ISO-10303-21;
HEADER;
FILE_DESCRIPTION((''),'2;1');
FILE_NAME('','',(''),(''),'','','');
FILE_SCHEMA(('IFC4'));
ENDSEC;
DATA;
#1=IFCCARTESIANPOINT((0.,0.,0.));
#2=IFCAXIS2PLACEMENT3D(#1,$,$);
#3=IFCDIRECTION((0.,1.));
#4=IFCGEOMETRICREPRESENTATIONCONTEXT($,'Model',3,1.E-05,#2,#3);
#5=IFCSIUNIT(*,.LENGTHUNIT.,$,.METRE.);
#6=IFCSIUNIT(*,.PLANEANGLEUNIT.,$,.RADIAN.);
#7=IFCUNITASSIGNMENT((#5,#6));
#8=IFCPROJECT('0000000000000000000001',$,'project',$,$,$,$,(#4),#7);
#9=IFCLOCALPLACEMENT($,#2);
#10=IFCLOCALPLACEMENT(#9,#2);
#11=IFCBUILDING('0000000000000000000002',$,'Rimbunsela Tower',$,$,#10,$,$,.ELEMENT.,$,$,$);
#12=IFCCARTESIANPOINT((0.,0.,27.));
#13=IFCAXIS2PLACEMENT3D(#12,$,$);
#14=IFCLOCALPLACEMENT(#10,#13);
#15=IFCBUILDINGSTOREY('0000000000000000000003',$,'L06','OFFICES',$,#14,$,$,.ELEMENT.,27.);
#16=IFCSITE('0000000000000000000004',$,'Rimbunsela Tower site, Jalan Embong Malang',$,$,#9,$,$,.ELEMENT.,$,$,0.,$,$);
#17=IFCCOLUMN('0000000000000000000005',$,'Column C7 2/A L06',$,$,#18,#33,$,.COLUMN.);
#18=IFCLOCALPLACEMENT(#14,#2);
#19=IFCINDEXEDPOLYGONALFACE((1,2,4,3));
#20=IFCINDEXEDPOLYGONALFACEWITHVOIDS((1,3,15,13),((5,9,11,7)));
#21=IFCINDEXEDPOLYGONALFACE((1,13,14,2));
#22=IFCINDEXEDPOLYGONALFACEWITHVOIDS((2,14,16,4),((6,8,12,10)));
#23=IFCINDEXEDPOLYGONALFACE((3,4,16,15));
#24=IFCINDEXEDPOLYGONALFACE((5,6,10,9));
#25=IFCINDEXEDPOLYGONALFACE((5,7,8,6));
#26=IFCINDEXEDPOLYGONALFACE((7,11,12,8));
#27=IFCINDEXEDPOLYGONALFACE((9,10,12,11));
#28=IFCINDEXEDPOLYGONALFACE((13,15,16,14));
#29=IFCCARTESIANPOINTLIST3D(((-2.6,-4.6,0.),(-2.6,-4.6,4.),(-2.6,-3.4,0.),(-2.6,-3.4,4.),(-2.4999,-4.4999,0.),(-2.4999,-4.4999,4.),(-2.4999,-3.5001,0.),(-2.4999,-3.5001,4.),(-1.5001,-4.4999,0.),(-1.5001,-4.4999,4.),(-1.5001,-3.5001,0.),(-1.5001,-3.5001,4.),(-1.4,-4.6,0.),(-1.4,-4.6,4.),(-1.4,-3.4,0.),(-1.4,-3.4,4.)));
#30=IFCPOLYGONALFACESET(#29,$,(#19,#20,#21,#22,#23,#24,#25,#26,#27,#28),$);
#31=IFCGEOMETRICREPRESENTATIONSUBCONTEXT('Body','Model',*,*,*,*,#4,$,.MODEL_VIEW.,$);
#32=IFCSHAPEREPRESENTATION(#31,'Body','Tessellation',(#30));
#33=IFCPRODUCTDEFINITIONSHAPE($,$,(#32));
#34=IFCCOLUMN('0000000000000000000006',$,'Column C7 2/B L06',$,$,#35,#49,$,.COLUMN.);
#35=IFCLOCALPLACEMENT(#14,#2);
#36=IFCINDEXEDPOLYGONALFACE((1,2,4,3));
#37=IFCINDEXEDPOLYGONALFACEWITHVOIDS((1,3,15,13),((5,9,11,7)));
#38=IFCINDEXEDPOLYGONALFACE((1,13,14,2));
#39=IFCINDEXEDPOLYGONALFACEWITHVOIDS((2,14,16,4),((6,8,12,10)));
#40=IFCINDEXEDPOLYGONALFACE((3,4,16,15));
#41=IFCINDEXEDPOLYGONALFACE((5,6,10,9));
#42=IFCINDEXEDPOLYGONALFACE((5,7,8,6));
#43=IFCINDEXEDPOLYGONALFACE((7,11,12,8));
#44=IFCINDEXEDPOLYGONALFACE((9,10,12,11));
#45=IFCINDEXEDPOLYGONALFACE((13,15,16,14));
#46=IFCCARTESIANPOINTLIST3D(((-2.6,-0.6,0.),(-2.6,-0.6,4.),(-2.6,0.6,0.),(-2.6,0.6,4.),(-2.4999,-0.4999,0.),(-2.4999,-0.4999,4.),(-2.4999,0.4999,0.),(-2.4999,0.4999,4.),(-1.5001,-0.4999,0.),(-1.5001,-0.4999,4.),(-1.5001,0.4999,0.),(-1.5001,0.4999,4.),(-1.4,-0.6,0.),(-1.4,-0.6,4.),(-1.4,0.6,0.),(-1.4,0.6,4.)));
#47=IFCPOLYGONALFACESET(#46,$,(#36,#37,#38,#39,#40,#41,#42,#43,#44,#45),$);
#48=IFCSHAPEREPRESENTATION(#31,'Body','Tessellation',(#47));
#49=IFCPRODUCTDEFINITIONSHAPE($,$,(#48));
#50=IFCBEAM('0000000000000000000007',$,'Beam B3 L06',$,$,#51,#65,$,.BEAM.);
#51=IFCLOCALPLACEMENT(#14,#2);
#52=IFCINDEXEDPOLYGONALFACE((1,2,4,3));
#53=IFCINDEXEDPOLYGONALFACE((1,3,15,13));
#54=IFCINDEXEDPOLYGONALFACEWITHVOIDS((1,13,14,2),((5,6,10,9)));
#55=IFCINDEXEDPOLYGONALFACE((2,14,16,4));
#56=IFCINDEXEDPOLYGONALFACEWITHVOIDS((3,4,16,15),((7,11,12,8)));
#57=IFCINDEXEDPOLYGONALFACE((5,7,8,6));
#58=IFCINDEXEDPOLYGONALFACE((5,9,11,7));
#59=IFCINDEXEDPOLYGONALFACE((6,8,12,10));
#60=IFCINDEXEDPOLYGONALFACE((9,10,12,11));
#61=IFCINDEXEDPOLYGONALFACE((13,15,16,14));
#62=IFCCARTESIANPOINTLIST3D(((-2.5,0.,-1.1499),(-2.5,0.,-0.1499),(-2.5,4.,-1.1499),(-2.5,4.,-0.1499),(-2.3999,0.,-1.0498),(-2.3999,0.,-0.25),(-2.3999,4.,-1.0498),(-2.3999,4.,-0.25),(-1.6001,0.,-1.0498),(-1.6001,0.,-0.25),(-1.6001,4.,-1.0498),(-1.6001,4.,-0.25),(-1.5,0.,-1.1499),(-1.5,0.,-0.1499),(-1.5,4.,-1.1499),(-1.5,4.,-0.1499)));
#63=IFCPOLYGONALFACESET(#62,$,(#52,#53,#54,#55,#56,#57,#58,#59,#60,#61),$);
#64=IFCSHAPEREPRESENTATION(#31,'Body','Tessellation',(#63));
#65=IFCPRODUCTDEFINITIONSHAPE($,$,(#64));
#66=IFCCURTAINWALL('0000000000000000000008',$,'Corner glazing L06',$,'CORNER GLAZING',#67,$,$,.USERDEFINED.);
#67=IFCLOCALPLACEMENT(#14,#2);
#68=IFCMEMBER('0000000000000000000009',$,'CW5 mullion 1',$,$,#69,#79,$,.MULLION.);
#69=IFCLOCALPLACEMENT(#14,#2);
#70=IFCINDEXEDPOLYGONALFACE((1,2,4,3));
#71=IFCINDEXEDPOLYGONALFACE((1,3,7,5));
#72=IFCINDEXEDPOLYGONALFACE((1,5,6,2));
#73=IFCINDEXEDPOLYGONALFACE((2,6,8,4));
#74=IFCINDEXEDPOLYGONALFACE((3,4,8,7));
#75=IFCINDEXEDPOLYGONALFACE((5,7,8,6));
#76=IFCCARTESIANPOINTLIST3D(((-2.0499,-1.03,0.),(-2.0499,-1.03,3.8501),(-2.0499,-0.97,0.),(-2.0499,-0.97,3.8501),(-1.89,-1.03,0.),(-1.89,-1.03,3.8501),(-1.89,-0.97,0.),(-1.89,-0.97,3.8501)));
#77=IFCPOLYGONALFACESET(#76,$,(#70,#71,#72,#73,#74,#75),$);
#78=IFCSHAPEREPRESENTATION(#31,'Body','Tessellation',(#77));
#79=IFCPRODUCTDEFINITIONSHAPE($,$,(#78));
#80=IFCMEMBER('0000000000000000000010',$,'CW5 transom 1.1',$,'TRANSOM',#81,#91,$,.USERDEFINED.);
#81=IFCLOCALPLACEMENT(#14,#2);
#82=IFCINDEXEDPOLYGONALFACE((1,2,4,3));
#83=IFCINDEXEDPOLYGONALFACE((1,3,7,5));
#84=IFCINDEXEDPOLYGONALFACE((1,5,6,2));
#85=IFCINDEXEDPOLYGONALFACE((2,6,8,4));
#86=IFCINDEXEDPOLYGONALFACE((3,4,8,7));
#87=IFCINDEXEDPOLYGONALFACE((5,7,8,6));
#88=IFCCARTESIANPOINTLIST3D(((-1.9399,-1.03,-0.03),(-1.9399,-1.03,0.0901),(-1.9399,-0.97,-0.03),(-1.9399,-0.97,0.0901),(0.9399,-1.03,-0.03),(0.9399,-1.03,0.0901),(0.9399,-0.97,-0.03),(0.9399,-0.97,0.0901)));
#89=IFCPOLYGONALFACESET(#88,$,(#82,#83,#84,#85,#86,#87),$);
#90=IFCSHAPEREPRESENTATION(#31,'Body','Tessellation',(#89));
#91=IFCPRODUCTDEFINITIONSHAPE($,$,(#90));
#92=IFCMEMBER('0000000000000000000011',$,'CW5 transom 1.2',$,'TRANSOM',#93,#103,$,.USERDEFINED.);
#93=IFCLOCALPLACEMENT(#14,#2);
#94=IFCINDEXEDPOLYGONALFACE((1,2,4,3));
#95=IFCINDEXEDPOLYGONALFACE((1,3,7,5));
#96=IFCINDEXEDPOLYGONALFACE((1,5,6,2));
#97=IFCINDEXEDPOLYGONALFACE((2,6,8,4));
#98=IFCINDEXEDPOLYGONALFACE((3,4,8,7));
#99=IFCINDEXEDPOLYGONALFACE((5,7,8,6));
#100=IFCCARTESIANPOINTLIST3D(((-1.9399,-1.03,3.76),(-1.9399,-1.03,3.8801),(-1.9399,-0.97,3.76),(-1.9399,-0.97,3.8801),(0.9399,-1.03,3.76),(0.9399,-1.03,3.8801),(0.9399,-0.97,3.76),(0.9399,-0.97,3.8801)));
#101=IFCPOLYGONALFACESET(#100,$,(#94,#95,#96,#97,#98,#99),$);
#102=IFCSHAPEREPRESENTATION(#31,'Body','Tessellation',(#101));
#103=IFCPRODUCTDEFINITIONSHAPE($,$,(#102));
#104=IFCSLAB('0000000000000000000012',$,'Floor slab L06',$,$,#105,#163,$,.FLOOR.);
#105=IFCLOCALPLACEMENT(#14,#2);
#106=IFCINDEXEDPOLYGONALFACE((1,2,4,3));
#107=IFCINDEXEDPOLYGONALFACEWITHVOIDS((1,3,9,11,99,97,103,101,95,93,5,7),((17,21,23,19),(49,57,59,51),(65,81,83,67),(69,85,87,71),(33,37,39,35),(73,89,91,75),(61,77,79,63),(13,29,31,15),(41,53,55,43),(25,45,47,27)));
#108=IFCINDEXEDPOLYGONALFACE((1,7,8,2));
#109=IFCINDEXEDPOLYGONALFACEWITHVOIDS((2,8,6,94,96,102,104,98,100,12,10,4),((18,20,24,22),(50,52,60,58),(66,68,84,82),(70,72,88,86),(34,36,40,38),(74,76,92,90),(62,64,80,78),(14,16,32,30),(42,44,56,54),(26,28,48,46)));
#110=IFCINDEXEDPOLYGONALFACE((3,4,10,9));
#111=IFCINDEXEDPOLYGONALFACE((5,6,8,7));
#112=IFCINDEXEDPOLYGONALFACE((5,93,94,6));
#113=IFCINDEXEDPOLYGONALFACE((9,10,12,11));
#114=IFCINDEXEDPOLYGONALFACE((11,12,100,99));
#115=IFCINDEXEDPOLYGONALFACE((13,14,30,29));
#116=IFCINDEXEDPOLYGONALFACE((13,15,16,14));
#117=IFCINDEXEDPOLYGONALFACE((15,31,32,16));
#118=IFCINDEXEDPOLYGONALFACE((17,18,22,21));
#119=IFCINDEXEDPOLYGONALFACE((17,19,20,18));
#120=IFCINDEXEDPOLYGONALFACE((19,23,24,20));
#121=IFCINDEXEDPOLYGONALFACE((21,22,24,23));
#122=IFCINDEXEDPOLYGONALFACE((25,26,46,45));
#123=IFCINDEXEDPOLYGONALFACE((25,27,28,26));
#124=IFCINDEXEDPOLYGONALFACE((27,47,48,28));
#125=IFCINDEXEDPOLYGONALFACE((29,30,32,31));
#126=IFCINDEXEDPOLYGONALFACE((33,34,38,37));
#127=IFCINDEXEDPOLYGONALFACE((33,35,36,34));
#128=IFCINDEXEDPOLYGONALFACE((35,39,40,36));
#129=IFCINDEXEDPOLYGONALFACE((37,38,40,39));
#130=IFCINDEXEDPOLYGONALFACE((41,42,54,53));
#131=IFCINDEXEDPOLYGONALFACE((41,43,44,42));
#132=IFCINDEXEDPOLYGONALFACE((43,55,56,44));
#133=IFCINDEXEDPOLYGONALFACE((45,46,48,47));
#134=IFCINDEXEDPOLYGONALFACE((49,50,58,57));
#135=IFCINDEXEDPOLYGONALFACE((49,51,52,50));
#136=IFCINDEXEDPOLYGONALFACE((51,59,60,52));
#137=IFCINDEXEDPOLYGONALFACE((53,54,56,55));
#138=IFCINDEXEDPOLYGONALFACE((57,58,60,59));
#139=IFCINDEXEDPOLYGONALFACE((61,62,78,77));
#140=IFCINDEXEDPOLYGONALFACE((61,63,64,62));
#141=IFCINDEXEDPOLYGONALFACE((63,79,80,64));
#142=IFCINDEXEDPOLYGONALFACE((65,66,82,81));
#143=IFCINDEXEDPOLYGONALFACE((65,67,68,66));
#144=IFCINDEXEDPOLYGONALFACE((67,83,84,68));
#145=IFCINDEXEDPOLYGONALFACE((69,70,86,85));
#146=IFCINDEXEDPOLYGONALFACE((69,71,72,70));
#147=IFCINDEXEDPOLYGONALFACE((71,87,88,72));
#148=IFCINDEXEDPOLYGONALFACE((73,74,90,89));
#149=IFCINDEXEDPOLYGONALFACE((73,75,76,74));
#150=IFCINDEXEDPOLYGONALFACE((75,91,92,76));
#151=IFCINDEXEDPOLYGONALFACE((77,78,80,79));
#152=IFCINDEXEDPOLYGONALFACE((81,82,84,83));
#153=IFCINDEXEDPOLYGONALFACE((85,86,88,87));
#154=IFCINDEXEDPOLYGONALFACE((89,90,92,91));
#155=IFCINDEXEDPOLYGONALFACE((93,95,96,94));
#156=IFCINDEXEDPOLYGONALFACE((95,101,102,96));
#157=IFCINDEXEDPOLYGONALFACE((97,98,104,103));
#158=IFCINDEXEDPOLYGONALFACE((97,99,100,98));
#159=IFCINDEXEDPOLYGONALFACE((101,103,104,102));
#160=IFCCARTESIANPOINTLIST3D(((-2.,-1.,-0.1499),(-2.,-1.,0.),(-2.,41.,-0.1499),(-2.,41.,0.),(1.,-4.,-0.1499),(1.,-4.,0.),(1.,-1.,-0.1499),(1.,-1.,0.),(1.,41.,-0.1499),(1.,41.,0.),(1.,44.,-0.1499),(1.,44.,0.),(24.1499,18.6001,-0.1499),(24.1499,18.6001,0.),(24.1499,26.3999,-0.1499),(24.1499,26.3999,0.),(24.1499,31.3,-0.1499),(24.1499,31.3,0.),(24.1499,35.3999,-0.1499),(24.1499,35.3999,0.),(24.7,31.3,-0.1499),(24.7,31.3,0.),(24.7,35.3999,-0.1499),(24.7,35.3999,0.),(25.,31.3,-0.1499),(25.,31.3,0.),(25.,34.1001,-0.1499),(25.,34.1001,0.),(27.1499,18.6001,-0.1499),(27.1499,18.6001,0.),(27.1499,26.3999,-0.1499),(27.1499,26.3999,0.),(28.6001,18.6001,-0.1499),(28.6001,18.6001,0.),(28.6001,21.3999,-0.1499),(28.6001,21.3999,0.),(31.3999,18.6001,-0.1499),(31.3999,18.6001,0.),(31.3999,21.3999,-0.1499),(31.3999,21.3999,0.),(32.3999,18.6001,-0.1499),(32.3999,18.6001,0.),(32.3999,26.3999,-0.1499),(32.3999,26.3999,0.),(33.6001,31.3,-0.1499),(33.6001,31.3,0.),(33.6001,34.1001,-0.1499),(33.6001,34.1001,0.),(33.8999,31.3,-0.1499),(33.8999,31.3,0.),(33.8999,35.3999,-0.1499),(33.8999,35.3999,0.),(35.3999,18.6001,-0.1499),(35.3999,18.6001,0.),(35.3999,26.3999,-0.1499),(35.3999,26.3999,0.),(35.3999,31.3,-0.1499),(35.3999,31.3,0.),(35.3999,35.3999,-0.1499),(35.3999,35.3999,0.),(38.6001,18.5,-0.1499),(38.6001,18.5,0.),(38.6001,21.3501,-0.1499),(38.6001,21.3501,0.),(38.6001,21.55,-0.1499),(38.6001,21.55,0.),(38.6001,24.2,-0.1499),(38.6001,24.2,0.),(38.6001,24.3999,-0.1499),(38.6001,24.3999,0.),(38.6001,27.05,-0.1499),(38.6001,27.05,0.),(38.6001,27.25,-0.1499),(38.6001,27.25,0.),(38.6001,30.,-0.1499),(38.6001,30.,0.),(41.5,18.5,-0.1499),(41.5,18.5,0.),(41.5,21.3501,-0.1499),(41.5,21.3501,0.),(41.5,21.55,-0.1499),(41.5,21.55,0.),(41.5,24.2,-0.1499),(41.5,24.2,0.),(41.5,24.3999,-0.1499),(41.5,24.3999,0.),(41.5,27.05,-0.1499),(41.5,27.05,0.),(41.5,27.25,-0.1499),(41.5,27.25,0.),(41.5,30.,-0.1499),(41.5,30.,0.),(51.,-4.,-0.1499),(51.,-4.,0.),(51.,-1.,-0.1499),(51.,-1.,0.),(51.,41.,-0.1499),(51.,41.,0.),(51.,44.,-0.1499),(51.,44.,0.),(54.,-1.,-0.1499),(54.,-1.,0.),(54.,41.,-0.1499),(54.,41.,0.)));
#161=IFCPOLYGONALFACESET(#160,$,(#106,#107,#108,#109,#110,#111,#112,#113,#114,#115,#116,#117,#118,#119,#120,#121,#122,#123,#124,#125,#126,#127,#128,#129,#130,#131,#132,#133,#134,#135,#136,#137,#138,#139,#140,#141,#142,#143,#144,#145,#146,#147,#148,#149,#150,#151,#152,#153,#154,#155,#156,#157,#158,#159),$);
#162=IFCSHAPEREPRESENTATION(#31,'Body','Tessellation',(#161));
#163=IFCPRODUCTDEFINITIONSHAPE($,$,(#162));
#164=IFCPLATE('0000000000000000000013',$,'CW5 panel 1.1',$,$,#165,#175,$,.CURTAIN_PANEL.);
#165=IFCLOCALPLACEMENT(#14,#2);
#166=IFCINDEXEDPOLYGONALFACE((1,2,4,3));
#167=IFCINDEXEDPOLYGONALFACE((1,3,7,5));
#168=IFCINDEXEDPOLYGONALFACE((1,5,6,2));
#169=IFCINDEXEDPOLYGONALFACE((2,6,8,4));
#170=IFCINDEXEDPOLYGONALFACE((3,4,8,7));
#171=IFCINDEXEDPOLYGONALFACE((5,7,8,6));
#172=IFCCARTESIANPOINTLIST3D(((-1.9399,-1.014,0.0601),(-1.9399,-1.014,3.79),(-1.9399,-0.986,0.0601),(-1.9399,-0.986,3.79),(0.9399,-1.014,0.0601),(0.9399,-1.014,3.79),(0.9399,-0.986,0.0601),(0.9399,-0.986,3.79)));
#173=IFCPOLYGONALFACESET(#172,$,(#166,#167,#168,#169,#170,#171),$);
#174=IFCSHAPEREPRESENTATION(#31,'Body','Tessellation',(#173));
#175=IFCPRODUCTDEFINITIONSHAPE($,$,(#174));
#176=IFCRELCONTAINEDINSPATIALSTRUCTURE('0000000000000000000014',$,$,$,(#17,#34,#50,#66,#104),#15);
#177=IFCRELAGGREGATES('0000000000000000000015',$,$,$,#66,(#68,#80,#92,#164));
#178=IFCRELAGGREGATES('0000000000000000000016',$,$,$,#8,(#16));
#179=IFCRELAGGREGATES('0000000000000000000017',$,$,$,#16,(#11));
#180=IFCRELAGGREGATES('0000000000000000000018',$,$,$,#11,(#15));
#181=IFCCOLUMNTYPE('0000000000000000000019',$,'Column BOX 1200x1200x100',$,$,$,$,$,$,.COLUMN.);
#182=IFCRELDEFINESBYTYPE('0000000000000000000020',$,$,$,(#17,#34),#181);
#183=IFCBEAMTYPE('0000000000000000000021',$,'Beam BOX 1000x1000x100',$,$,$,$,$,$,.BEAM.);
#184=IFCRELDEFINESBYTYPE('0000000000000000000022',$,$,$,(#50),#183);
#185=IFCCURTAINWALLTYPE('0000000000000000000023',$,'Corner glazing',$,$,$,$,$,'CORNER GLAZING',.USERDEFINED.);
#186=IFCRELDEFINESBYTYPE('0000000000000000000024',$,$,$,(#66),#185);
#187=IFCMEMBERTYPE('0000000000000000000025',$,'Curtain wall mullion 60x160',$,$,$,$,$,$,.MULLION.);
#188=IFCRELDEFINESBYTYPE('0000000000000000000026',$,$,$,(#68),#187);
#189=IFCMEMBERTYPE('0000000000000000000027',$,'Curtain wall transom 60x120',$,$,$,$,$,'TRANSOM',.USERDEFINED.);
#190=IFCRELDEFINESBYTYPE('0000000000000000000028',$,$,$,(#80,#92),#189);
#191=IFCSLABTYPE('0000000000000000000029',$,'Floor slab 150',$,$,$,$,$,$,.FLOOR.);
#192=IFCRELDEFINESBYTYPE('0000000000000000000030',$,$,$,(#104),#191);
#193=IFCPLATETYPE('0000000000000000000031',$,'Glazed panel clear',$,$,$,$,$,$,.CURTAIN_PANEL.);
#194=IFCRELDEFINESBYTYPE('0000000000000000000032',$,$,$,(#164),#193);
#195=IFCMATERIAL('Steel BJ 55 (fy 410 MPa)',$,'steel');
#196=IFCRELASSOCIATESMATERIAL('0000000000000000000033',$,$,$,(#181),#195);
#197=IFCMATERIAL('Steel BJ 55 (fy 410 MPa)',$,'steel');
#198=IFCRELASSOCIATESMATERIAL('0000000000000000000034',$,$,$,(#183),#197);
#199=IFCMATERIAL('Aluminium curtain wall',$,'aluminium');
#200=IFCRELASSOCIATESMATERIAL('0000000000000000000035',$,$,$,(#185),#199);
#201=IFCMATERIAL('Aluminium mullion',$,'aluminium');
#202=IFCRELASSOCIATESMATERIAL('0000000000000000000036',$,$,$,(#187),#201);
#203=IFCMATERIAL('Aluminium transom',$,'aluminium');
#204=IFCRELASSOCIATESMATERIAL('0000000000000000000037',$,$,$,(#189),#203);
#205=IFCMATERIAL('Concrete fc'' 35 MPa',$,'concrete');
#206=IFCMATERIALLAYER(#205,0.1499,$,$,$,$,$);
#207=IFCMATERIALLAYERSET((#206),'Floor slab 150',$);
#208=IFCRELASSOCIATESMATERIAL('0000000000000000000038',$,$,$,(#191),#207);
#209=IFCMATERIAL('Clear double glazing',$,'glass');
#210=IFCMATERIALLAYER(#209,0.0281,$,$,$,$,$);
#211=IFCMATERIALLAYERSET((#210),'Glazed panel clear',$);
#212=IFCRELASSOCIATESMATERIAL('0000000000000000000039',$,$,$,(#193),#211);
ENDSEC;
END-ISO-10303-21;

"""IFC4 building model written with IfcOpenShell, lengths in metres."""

from ifc_helpers import new_model, si_unit, direction, frame, origin, origin_2d, place, context, subcontext, project, spatial, polyline, rectangle, hollow_rectangle, outline, extrude, material, layer, layer_set, material_profile, profile_set, type_object, element, aggregate, save


model = new_model("IFC4")

# Units and contexts
model_context = context("Model", 3, precision=1e-05, world=origin(), true_north=direction((0.0, 1.0)))
body_context = subcontext(model_context, "Body", "Model", "MODEL_VIEW")
ifc_project = project(units=[si_unit("LENGTHUNIT", "METRE"), si_unit("PLANEANGLEUNIT", "RADIAN")], contexts=[model_context])

# Site, building, storey
site_placement = place(None, origin())
site = spatial("IfcSite", under=ifc_project, at=site_placement, Name="Rimbunsela Tower site, Jalan Embong Malang", CompositionType="ELEMENT", RefElevation=0.0)
building_placement = place(site_placement, origin())
building = spatial("IfcBuilding", under=site, at=building_placement, Name="Rimbunsela Tower", CompositionType="ELEMENT")
storey_placement = place(building_placement, frame((0.0, 0.0, 27.0)))
storey = spatial("IfcBuildingStorey", under=building, at=storey_placement, Name="L06", Description="OFFICES", CompositionType="ELEMENT", Elevation=27.0)

# Columns
ifc_material_1 = material(Name="Steel BJ 55 (fy 410 MPa)", Category="steel")
ifc_material_profile_1 = material_profile(ifc_material_1, hollow_rectangle(XDim=1.2, YDim=1.2, WallThickness=0.1001, at=origin_2d()), Name="BOX 1200x1200x100")
ifc_profile_set_1 = profile_set([ifc_material_profile_1], Name="Steel BJ 55 (fy 410 MPa)")
column_type = type_object("IfcColumnType", Name="Column BOX 1200x1200x100", PredefinedType="COLUMN", material=ifc_profile_set_1)
for number, where, z_axis, x_axis, name in (
    (1, (-2.0, -4.0, 0.0), (0.0, 0.0, 1.0), (1.0, 0.0, 0.0), "Column C7 2/A L06"),
    (2, (-2.0, 0.0, 0.0), (0.0, 0.0, 1.0), (1.0, 0.0, 0.0), "Column C7 2/B L06"),
):
    element("IfcColumn", number, at=place(storey_placement, frame(where, z_axis=z_axis, x_axis=x_axis)), inside=storey, type_object=column_type, Name=name, PredefinedType="COLUMN", context=body_context, shape_type="SweptSolid", body=[
        extrude(hollow_rectangle(XDim=1.2, YDim=1.2, WallThickness=0.1001, at=origin_2d()), origin(), (0.0, 0.0, 1.0), 4.0),
    ])

# Beam
ifc_material_2 = material(Name="Steel BJ 55 (fy 410 MPa)", Category="steel")
ifc_material_profile_2 = material_profile(ifc_material_2, hollow_rectangle(XDim=1.0, YDim=1.0, WallThickness=0.1001, at=origin_2d()), Name="BOX 1000x1000x100")
ifc_profile_set_2 = profile_set([ifc_material_profile_2], Name="Steel BJ 55 (fy 410 MPa)")
beam_type = type_object("IfcBeamType", Name="Beam BOX 1000x1000x100", PredefinedType="BEAM", material=ifc_profile_set_2)
beam_placement = place(storey_placement, frame((-2.0, 0.0, -0.6499), z_axis=(0.0, 1.0, 0.0), x_axis=(-1.0, 0.0, 0.0)))
element("IfcBeam", 3, at=beam_placement, inside=storey, type_object=beam_type, Name="Beam B3 L06", PredefinedType="BEAM", context=body_context, shape_type="SweptSolid", body=[
    extrude(hollow_rectangle(XDim=1.0, YDim=1.0, WallThickness=0.1001, at=origin_2d()), origin(), (0.0, 0.0, 1.0), 4.0),
])

# Curtain wall, members
ifc_material_3 = material(Name="Aluminium curtain wall", Category="aluminium")
curtain_wall_type = type_object("IfcCurtainWallType", Name="Corner glazing", ElementType="CORNER GLAZING", PredefinedType="USERDEFINED", material=ifc_material_3)
curtain_wall_placement = place(storey_placement, origin())
curtain_wall = element("IfcCurtainWall", 4, at=curtain_wall_placement, inside=storey, type_object=curtain_wall_type, Name="Corner glazing L06", ObjectType="CORNER GLAZING", PredefinedType="USERDEFINED")
ifc_material_4 = material(Name="Aluminium mullion", Category="aluminium")
ifc_material_profile_3 = material_profile(ifc_material_4, rectangle(XDim=0.0601, YDim=0.1599, at=origin_2d()), Name="Mullion 60x160")
ifc_profile_set_3 = profile_set([ifc_material_profile_3], Name="Aluminium mullion")
member_type_1 = type_object("IfcMemberType", Name="Curtain wall mullion 60x160", PredefinedType="MULLION", material=ifc_profile_set_3)
member_1_placement = place(storey_placement, frame((-1.97, -1.0, 0.0), z_axis=(0.0, 0.0, 1.0), x_axis=(0.0, 1.0, 0.0)))
member_1 = element("IfcMember", 5, at=member_1_placement, type_object=member_type_1, Name="CW5 mullion 1", PredefinedType="MULLION", context=body_context, shape_type="SweptSolid", body=[
    extrude(rectangle(XDim=0.0601, YDim=0.1599, at=origin_2d()), origin(), (0.0, 0.0, 1.0), 3.8501),
])
ifc_material_5 = material(Name="Aluminium transom", Category="aluminium")
ifc_material_profile_4 = material_profile(ifc_material_5, rectangle(XDim=0.0601, YDim=0.1201, at=origin_2d()), Name="Transom 60x120")
ifc_profile_set_4 = profile_set([ifc_material_profile_4], Name="Aluminium transom")
member_type_2 = type_object("IfcMemberType", Name="Curtain wall transom 60x120", ElementType="TRANSOM", PredefinedType="USERDEFINED", material=ifc_profile_set_4)
member_2_placement = place(storey_placement, frame((-1.9399, -1.0, 0.03), z_axis=(1.0, 0.0, 0.0), x_axis=(0.0, 1.0, 0.0)))
member_2 = element("IfcMember", 6, at=member_2_placement, type_object=member_type_2, Name="CW5 transom 1.1", ObjectType="TRANSOM", PredefinedType="USERDEFINED", context=body_context, shape_type="SweptSolid", body=[
    extrude(rectangle(XDim=0.0601, YDim=0.1201, at=origin_2d()), origin(), (0.0, 0.0, 1.0), 2.8799),
])
member_3_placement = place(storey_placement, frame((-1.9399, -1.0, 3.8201), z_axis=(1.0, 0.0, 0.0), x_axis=(0.0, 1.0, 0.0)))
member_3 = element("IfcMember", 7, at=member_3_placement, type_object=member_type_2, Name="CW5 transom 1.2", ObjectType="TRANSOM", PredefinedType="USERDEFINED", context=body_context, shape_type="SweptSolid", body=[
    extrude(rectangle(XDim=0.0601, YDim=0.1201, at=origin_2d()), origin(), (0.0, 0.0, 1.0), 2.8799),
])

# Slab
ifc_material_6 = material(Name="Concrete fc' 35 MPa", Category="concrete")
ifc_layer_1 = layer(ifc_material_6, 0.1499)
ifc_layer_set_1 = layer_set([ifc_layer_1], Name="Floor slab 150")
slab_type_1 = type_object("IfcSlabType", Name="Floor slab 150", PredefinedType="FLOOR", material=ifc_layer_set_1)
slab_1_placement = place(storey_placement, frame((0.0, 0.0, -0.1499)))
element("IfcSlab", 8, at=slab_1_placement, inside=storey, type_object=slab_type_1, Name="Floor slab L06", PredefinedType="FLOOR", context=body_context, shape_type="SweptSolid", body=[
    extrude(outline(polyline([(1.0, -4.0), (51.0, -4.0), (51.0, -1.0), (54.0, -1.0), (54.0, 41.0), (51.0, 41.0), (51.0, 44.0), (1.0, 44.0), (1.0, 41.0), (-2.0, 41.0), (-2.0, -1.0), (1.0, -1.0), (1.0, -4.0)]), holes=[polyline([(27.1499, 18.6001), (27.1499, 26.3999), (24.1499, 26.3999), (24.1499, 18.6001), (27.1499, 18.6001)]), polyline([(24.7, 31.3), (24.7, 35.3999), (24.1499, 35.3999), (24.1499, 31.3), (24.7, 31.3)]), polyline([(25.0, 34.1001), (25.0, 31.3), (33.6001, 31.3), (33.6001, 34.1001), (25.0, 34.1001)]), polyline([(31.3999, 21.3999), (28.6001, 21.3999), (28.6001, 18.6001), (31.3999, 18.6001), (31.3999, 21.3999)]), polyline([(35.3999, 18.6001), (35.3999, 26.3999), (32.3999, 26.3999), (32.3999, 18.6001), (35.3999, 18.6001)]), polyline([(35.3999, 31.3), (35.3999, 35.3999), (33.8999, 35.3999), (33.8999, 31.3), (35.3999, 31.3)]), polyline([(41.5, 21.3501), (38.6001, 21.3501), (38.6001, 18.5), (41.5, 18.5), (41.5, 21.3501)]), polyline([(41.5, 21.55), (41.5, 24.2), (38.6001, 24.2), (38.6001, 21.55), (41.5, 21.55)]), polyline([(41.5, 27.05), (38.6001, 27.05), (38.6001, 24.3999), (41.5, 24.3999), (41.5, 27.05)]), polyline([(41.5, 27.25), (41.5, 30.0), (38.6001, 30.0), (38.6001, 27.25), (41.5, 27.25)])]), origin(), (0.0, 0.0, 1.0), 0.1499),
])

# Plate
ifc_material_7 = material(Name="Clear double glazing", Category="glass")
ifc_layer_2 = layer(ifc_material_7, 0.0281)
ifc_layer_set_2 = layer_set([ifc_layer_2], Name="Glazed panel clear")
plate_type = type_object("IfcPlateType", Name="Glazed panel clear", PredefinedType="CURTAIN_PANEL", material=ifc_layer_set_2)
plate_placement = place(storey_placement, frame((-0.5, -1.0, 0.0601), z_axis=(0.0, 0.0, 1.0), x_axis=(1.0, 0.0, 0.0)))
plate = element("IfcPlate", 9, at=plate_placement, type_object=plate_type, Name="CW5 panel 1.1", PredefinedType="CURTAIN_PANEL", context=body_context, shape_type="SweptSolid", body=[
    extrude(rectangle(XDim=2.8799, YDim=0.0281, at=origin_2d()), origin(), (0.0, 0.0, 1.0), 3.73),
])
aggregate(curtain_wall, [member_1, member_2, member_3, plate])

save(model, "model.ifc")
